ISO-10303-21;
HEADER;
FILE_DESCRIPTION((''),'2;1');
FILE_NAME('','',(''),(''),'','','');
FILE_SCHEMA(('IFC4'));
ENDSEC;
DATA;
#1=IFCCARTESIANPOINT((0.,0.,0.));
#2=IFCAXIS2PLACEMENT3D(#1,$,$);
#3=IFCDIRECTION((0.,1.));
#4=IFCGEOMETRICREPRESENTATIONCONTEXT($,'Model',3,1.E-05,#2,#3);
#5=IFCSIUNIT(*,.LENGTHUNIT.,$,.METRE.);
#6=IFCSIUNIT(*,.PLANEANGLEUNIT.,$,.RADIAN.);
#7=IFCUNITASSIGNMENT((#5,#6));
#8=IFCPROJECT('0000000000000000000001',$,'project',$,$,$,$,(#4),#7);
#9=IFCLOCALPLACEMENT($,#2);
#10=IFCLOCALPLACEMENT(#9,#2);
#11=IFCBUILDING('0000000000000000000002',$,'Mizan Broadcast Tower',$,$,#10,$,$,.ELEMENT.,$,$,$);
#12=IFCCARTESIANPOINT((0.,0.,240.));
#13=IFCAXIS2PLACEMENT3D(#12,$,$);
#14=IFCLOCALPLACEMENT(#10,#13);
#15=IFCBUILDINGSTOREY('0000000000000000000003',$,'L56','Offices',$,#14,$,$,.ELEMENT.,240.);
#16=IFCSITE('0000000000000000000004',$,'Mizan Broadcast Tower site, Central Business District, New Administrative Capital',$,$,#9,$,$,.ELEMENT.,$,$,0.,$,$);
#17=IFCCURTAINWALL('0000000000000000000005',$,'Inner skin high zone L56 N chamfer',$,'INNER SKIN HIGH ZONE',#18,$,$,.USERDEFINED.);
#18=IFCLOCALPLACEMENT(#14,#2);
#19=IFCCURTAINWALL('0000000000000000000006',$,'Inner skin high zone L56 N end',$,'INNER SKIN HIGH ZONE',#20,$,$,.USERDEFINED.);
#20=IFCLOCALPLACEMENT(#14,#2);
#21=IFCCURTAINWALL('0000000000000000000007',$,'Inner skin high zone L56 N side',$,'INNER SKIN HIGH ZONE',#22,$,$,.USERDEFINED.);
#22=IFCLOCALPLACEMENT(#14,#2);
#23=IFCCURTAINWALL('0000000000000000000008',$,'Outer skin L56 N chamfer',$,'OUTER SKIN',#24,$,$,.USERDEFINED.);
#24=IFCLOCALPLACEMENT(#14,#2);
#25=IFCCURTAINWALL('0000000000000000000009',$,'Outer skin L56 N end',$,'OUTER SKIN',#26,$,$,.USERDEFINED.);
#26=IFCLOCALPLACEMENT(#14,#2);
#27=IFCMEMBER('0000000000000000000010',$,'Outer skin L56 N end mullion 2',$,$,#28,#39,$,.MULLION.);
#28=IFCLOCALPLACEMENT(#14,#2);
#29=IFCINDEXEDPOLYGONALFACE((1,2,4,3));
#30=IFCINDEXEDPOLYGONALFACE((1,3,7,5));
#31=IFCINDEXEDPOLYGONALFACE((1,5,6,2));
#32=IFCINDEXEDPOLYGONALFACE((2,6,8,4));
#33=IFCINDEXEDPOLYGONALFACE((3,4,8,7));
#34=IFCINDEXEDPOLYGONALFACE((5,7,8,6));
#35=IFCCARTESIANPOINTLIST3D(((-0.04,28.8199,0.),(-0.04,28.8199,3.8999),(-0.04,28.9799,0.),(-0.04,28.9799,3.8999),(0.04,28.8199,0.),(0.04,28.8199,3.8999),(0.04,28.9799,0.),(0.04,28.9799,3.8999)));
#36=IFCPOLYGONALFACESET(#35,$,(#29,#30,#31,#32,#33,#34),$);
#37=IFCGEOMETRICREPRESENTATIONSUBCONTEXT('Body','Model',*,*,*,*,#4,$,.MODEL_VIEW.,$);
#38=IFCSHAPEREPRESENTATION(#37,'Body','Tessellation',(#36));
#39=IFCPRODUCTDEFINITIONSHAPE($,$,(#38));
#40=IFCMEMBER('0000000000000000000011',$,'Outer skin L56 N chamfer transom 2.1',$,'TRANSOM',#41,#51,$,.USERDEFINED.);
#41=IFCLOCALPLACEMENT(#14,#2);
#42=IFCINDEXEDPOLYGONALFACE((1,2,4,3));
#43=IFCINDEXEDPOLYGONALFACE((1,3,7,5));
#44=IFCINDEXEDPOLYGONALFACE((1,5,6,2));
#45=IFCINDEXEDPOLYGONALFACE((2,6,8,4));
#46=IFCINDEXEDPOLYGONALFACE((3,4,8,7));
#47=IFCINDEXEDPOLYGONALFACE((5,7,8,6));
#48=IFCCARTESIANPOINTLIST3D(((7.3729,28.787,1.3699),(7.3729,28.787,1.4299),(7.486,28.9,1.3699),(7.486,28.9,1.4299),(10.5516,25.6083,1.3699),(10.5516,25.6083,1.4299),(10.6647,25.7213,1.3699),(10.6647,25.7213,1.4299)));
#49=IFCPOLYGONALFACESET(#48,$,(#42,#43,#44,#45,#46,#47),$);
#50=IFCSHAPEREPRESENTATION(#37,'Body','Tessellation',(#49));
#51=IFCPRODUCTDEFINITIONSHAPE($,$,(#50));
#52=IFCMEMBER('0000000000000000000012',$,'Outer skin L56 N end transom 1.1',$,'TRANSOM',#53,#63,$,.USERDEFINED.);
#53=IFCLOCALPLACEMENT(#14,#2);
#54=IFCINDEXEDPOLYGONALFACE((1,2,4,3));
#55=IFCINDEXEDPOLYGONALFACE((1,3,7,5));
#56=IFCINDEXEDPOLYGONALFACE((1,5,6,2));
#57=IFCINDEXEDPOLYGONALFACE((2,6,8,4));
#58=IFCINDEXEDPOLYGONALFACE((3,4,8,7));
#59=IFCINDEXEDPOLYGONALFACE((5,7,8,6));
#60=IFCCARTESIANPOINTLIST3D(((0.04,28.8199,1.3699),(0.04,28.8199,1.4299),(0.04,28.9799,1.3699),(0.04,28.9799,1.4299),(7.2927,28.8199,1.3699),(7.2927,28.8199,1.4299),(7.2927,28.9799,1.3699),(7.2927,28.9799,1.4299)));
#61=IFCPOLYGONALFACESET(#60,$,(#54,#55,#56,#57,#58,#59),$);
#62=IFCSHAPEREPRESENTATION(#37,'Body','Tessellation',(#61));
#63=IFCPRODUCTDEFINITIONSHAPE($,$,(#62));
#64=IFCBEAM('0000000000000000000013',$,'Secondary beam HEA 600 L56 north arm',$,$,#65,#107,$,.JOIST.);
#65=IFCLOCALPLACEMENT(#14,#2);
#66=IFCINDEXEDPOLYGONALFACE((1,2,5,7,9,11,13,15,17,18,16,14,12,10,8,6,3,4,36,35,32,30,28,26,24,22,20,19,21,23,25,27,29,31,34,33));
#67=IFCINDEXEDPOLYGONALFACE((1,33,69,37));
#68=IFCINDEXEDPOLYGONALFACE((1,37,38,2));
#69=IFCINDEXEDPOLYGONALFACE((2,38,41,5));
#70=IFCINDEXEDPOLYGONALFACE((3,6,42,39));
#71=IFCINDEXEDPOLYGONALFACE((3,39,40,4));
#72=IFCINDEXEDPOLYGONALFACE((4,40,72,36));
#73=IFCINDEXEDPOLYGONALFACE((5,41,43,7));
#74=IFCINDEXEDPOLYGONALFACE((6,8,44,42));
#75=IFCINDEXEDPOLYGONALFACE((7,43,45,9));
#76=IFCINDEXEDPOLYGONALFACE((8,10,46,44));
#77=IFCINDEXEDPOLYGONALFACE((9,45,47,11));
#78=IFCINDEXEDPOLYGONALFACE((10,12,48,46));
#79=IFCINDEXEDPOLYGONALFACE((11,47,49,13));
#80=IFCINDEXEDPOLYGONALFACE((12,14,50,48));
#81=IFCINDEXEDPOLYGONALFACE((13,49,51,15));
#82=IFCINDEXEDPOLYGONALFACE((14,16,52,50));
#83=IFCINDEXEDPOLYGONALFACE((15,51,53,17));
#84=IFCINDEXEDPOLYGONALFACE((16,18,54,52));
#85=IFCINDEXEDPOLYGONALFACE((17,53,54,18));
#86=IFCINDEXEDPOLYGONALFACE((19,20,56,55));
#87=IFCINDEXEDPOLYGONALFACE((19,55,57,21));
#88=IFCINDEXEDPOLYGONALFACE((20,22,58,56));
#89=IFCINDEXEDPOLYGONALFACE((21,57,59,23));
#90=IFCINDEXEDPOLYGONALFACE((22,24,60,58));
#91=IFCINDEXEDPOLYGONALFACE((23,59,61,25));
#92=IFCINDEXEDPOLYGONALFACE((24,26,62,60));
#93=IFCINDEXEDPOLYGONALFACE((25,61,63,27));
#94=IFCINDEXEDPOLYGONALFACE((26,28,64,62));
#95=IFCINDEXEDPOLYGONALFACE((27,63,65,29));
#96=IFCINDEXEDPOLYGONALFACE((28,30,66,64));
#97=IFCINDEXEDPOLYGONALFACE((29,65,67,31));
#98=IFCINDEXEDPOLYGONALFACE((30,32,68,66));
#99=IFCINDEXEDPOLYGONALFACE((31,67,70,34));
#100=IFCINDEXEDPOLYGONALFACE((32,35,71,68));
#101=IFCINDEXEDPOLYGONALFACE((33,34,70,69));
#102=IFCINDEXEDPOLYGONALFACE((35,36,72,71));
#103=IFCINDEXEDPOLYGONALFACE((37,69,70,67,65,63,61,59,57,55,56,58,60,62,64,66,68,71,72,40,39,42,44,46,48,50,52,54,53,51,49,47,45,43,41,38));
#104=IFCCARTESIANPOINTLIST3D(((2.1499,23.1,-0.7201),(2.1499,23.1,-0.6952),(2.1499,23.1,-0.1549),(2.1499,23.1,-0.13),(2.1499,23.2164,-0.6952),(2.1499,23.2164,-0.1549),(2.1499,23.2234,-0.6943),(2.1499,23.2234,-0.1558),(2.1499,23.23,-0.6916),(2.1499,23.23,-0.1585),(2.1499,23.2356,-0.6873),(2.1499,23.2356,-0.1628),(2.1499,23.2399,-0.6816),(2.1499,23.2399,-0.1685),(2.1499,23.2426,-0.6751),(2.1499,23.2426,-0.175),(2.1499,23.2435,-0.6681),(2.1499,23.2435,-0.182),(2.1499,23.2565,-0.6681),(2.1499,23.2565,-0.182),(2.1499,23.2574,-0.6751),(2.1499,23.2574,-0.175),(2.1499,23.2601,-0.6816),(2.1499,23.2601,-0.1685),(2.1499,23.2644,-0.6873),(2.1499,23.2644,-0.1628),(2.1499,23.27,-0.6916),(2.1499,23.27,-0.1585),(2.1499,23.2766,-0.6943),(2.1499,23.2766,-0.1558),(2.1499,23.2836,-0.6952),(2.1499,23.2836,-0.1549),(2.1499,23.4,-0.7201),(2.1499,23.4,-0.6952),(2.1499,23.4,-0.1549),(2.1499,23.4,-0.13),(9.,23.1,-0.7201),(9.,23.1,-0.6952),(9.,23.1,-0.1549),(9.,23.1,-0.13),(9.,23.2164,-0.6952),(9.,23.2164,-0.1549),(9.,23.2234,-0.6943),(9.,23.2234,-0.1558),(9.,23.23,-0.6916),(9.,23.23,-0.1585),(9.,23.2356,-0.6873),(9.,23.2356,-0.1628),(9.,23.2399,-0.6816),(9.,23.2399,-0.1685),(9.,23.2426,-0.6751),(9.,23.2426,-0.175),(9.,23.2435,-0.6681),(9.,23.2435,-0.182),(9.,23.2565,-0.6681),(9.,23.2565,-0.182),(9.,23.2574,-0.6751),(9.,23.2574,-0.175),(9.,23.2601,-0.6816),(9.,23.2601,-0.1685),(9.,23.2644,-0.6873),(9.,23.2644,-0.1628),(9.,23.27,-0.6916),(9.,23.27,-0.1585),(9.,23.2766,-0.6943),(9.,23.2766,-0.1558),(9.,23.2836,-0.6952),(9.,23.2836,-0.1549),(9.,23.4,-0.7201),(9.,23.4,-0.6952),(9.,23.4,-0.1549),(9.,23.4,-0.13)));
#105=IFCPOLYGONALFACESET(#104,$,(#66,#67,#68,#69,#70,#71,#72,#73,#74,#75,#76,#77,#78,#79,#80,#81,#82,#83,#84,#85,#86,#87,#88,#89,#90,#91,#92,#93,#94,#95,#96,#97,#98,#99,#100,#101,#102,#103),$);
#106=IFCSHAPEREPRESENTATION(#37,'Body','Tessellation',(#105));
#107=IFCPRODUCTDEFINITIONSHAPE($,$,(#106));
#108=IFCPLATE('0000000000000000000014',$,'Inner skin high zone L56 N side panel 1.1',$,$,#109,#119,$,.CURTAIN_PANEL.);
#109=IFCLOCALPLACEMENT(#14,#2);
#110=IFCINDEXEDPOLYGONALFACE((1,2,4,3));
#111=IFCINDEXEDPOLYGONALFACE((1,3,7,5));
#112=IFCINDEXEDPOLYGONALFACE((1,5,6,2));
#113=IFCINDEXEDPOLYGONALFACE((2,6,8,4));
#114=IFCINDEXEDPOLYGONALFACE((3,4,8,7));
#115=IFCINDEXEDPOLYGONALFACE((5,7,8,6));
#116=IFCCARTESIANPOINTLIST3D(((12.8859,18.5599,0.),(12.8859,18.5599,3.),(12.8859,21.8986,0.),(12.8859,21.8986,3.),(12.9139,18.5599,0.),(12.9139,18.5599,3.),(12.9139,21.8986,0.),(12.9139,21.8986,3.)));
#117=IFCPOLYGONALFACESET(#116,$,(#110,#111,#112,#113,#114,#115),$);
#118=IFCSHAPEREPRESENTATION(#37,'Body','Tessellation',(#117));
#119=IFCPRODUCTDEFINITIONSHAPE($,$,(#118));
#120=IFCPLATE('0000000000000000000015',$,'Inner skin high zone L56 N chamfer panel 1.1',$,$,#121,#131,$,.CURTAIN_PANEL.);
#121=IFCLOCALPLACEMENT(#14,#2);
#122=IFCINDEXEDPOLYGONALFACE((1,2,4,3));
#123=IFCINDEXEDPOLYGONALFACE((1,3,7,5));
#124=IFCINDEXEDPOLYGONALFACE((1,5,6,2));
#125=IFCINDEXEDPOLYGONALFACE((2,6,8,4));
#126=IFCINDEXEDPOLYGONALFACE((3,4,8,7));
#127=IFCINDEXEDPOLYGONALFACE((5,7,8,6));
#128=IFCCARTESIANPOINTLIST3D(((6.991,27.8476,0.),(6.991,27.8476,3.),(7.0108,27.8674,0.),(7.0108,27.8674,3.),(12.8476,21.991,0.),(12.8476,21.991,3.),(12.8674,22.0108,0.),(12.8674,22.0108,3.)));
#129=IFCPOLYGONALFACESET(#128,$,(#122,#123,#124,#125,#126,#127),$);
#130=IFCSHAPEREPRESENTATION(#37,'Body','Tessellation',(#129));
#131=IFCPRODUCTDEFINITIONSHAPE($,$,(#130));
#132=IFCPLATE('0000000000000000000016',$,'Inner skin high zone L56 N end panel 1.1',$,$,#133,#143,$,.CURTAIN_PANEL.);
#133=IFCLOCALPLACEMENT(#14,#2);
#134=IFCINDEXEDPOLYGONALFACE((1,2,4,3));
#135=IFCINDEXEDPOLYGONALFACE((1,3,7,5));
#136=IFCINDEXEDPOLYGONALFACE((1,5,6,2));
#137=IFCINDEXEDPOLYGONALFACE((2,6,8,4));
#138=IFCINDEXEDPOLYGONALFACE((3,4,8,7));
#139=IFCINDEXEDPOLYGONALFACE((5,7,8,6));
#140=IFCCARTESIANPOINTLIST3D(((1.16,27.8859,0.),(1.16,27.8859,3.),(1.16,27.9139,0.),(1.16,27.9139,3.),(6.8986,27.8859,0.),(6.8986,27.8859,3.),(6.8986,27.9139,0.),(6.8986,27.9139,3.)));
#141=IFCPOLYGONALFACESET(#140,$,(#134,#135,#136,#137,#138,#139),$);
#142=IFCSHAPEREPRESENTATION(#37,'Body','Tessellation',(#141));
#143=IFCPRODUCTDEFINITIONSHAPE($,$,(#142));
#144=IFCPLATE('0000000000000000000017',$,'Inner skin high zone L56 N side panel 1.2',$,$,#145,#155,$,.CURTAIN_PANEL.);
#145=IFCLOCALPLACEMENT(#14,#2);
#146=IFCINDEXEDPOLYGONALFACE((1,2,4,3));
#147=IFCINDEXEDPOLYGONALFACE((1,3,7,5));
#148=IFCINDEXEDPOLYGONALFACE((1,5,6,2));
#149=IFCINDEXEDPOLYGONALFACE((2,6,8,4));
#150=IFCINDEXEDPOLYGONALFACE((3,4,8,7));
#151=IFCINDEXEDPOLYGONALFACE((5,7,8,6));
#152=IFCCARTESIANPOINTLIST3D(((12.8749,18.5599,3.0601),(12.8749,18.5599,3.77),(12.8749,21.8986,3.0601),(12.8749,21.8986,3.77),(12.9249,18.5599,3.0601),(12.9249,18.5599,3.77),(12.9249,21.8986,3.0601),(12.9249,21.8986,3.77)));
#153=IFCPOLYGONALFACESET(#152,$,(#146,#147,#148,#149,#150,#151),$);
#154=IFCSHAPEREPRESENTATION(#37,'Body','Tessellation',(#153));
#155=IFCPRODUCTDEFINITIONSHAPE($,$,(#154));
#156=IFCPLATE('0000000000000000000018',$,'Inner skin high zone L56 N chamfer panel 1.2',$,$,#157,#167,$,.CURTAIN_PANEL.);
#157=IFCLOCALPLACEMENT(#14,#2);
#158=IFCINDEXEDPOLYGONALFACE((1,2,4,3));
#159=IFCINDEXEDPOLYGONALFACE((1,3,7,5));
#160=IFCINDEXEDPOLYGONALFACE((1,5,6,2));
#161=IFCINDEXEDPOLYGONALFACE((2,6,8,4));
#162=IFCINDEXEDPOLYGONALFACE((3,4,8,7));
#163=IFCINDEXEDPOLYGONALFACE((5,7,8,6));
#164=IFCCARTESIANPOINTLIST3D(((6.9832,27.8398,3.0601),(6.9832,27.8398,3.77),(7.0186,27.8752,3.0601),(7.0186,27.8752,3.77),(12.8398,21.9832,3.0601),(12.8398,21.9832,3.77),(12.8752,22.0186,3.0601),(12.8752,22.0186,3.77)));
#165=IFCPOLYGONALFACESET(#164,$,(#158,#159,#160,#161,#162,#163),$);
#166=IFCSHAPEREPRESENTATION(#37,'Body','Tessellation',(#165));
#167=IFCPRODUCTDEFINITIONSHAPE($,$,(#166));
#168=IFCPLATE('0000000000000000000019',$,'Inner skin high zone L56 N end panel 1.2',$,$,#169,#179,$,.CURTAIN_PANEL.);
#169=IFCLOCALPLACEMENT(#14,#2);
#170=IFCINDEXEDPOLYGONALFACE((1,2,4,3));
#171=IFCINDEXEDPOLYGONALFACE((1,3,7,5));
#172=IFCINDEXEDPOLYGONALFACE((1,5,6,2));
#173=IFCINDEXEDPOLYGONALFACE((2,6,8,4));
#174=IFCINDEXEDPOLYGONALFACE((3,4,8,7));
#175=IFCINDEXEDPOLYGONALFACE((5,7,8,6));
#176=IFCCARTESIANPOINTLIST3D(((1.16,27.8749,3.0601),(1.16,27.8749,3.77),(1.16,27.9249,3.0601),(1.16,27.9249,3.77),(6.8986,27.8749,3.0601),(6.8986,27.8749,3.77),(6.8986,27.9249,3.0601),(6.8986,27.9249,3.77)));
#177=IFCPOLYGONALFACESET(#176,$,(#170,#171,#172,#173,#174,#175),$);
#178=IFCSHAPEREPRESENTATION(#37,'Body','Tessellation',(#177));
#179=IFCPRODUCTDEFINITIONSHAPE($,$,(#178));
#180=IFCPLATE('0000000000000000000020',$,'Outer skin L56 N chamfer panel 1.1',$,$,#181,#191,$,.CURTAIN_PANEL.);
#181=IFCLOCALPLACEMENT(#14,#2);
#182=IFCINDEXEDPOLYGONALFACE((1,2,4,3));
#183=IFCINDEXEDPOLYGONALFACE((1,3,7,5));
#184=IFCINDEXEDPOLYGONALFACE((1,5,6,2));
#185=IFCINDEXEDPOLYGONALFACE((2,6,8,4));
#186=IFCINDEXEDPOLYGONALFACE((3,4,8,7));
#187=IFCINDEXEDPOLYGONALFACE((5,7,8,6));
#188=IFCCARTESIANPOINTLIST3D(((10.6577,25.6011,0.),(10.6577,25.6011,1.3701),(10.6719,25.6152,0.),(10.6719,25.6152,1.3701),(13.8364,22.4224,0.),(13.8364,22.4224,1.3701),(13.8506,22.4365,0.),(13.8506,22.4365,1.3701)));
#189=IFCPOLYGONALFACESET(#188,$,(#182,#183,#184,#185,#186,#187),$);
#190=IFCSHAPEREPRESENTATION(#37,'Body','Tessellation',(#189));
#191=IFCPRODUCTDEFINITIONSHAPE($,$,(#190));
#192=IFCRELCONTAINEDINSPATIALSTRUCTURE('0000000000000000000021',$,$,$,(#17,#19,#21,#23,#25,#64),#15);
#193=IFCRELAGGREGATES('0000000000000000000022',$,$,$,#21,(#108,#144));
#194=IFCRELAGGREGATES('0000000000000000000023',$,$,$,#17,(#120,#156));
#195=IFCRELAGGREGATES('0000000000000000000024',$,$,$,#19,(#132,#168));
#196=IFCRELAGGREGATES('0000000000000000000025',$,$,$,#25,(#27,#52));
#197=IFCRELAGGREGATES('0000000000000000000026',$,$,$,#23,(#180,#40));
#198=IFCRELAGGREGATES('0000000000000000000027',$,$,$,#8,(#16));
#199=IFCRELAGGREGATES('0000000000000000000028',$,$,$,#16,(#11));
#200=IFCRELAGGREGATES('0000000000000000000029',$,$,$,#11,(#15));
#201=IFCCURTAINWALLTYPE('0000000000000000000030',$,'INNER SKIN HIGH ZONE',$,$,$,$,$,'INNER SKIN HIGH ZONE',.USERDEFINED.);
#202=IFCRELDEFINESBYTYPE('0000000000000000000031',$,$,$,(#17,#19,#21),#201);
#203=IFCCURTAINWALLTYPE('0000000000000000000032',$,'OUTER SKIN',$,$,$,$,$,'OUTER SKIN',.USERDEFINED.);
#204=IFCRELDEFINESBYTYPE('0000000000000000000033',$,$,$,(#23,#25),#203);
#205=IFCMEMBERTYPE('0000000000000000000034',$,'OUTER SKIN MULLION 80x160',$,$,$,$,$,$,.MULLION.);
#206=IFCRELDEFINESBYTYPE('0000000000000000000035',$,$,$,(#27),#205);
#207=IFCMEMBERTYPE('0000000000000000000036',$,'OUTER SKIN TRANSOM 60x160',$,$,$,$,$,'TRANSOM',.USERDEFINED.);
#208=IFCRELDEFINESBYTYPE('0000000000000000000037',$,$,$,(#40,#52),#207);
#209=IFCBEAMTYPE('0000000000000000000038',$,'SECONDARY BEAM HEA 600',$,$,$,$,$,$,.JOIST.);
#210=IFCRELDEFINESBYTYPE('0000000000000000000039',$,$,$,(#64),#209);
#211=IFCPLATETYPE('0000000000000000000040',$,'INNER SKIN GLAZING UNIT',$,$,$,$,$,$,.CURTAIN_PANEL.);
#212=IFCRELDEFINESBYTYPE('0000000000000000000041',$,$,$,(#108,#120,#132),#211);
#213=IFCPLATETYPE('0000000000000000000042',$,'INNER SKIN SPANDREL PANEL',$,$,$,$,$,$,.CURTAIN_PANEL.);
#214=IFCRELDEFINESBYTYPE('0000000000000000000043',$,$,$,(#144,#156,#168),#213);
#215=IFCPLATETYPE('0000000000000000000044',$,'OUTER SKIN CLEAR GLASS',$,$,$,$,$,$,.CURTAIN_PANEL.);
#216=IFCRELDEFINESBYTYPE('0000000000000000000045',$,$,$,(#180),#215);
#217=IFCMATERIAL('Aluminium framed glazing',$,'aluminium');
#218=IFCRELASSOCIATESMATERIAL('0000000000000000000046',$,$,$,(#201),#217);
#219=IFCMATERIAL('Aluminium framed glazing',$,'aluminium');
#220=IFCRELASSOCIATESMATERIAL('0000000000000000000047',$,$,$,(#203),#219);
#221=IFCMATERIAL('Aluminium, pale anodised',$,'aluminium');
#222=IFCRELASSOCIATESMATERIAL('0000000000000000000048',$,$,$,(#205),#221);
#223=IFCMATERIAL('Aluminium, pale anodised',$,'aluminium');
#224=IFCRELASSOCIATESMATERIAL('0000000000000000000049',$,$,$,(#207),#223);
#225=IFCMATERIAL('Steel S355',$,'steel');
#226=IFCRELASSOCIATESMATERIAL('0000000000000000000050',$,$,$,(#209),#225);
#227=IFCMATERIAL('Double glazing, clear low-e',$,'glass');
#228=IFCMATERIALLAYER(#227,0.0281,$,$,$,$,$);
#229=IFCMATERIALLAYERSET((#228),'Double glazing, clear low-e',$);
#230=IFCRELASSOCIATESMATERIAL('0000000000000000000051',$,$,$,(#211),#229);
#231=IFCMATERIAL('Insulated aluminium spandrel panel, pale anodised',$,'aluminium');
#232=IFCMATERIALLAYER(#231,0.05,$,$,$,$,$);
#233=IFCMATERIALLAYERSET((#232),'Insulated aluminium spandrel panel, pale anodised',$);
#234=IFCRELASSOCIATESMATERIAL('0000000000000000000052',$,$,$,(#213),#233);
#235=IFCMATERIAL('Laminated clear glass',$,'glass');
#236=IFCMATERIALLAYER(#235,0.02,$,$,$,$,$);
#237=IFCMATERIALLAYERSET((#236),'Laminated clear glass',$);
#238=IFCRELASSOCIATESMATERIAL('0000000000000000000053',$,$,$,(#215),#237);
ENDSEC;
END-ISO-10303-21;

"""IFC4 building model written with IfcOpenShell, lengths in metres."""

from ifc_helpers import new_model, si_unit, direction, frame, origin, origin_2d, place, context, subcontext, project, spatial, rectangle, i_section, extrude, material, layer, layer_set, material_profile, profile_set, type_object, element, aggregate, save


model = new_model("IFC4")

# Units and contexts
model_context = context("Model", 3, precision=1e-05, world=origin(), true_north=direction((0.0, 1.0)))
body_context = subcontext(model_context, "Body", "Model", "MODEL_VIEW")
ifc_project = project(units=[si_unit("LENGTHUNIT", "METRE"), si_unit("PLANEANGLEUNIT", "RADIAN")], contexts=[model_context])

# Site, building, storey
site_placement = place(None, origin())
site = spatial("IfcSite", under=ifc_project, at=site_placement, Name="Mizan Broadcast Tower site, Central Business District, New Administrative Capital", CompositionType="ELEMENT", RefElevation=0.0)
building_placement = place(site_placement, origin())
building = spatial("IfcBuilding", under=site, at=building_placement, Name="Mizan Broadcast Tower", CompositionType="ELEMENT")
storey_placement = place(building_placement, frame((0.0, 0.0, 240.0)))
storey = spatial("IfcBuildingStorey", under=building, at=storey_placement, Name="L56", Description="Offices", CompositionType="ELEMENT", Elevation=240.0)

# Curtain walls
ifc_material_1 = material(Name="Aluminium framed glazing", Category="aluminium")
curtain_wall_type_1 = type_object("IfcCurtainWallType", Name="INNER SKIN HIGH ZONE", ElementType="INNER SKIN HIGH ZONE", PredefinedType="USERDEFINED", material=ifc_material_1)
curtain_wall_1_placement = place(storey_placement, origin())
curtain_wall_1 = element("IfcCurtainWall", 1, at=curtain_wall_1_placement, inside=storey, type_object=curtain_wall_type_1, Name="Inner skin high zone L56 N chamfer", ObjectType="INNER SKIN HIGH ZONE", PredefinedType="USERDEFINED")
curtain_wall_2_placement = place(storey_placement, origin())
curtain_wall_2 = element("IfcCurtainWall", 2, at=curtain_wall_2_placement, inside=storey, type_object=curtain_wall_type_1, Name="Inner skin high zone L56 N end", ObjectType="INNER SKIN HIGH ZONE", PredefinedType="USERDEFINED")
curtain_wall_3_placement = place(storey_placement, origin())
curtain_wall_3 = element("IfcCurtainWall", 3, at=curtain_wall_3_placement, inside=storey, type_object=curtain_wall_type_1, Name="Inner skin high zone L56 N side", ObjectType="INNER SKIN HIGH ZONE", PredefinedType="USERDEFINED")

# Curtain wall
ifc_material_2 = material(Name="Aluminium framed glazing", Category="aluminium")
curtain_wall_type_2 = type_object("IfcCurtainWallType", Name="OUTER SKIN", ElementType="OUTER SKIN", PredefinedType="USERDEFINED", material=ifc_material_2)
curtain_wall_4_placement = place(storey_placement, origin())
curtain_wall_4 = element("IfcCurtainWall", 4, at=curtain_wall_4_placement, inside=storey, type_object=curtain_wall_type_2, Name="Outer skin L56 N chamfer", ObjectType="OUTER SKIN", PredefinedType="USERDEFINED")
ifc_material_3 = material(Name="Aluminium, pale anodised", Category="aluminium")
ifc_material_profile_1 = material_profile(ifc_material_3, rectangle(XDim=0.1599, YDim=0.0801, at=origin_2d()), Name="MULLION 160x80")
ifc_profile_set_1 = profile_set([ifc_material_profile_1], Name="Aluminium, pale anodised")
member_type_1 = type_object("IfcMemberType", Name="OUTER SKIN MULLION 80x160", PredefinedType="MULLION", material=ifc_profile_set_1)

# Curtain wall, member
curtain_wall_5_placement = place(storey_placement, origin())
curtain_wall_5 = element("IfcCurtainWall", 5, at=curtain_wall_5_placement, inside=storey, type_object=curtain_wall_type_2, Name="Outer skin L56 N end", ObjectType="OUTER SKIN", PredefinedType="USERDEFINED")
member_1_placement = place(storey_placement, frame((0.0, 28.8999, 0.0), z_axis=(0.0, 0.0, 1.0), x_axis=(0.0, -1.0, 0.0)))
member_1 = element("IfcMember", 6, at=member_1_placement, type_object=member_type_1, Name="Outer skin L56 N end mullion 2", PredefinedType="MULLION", context=body_context, shape_type="SweptSolid", body=[
    extrude(rectangle(XDim=0.1599, YDim=0.0801, at=origin_2d()), origin(), (0.0, 0.0, 1.0), 3.8999),
])

# Members
ifc_material_4 = material(Name="Aluminium, pale anodised", Category="aluminium")
ifc_material_profile_2 = material_profile(ifc_material_4, rectangle(XDim=0.1599, YDim=0.0601, at=origin_2d()), Name="TRANSOM 160x60")
ifc_profile_set_2 = profile_set([ifc_material_profile_2], Name="Aluminium, pale anodised")
member_type_2 = type_object("IfcMemberType", Name="OUTER SKIN TRANSOM 60x160", ElementType="TRANSOM", PredefinedType="USERDEFINED", material=ifc_profile_set_2)
member_2_placement = place(storey_placement, frame((10.6082, 25.6648, 1.3999), z_axis=(-0.707107, 0.707107, 0.0), x_axis=(-0.707107, -0.707107, 0.0)))
member_2 = element("IfcMember", 7, at=member_2_placement, type_object=member_type_2, Name="Outer skin L56 N chamfer transom 2.1", ObjectType="TRANSOM", PredefinedType="USERDEFINED", context=body_context, shape_type="SweptSolid", body=[
    extrude(rectangle(XDim=0.1599, YDim=0.0601, at=origin_2d()), origin(), (0.0, 0.0, 1.0), 4.4954),
])
member_3_placement = place(storey_placement, frame((7.2927, 28.8999, 1.3999), z_axis=(-1.0, 0.0, 0.0), x_axis=(0.0, -1.0, 0.0)))
member_3 = element("IfcMember", 8, at=member_3_placement, type_object=member_type_2, Name="Outer skin L56 N end transom 1.1", ObjectType="TRANSOM", PredefinedType="USERDEFINED", context=body_context, shape_type="SweptSolid", body=[
    extrude(rectangle(XDim=0.1599, YDim=0.0601, at=origin_2d()), origin(), (0.0, 0.0, 1.0), 7.2527),
])

# Beam
ifc_material_5 = material(Name="Steel S355", Category="steel")
ifc_material_profile_3 = material_profile(ifc_material_5, i_section(OverallWidth=0.3, OverallDepth=0.5901, WebThickness=0.0129, FlangeThickness=0.0249, FilletRadius=0.0271, at=origin_2d()), Name="HEA 600")
ifc_profile_set_3 = profile_set([ifc_material_profile_3], Name="Steel S355")
beam_type_1 = type_object("IfcBeamType", Name="SECONDARY BEAM HEA 600", PredefinedType="JOIST", material=ifc_profile_set_3)
beam_1_placement = place(storey_placement, frame((9.0, 23.25, -0.425), z_axis=(-1.0, 0.0, 0.0), x_axis=(0.0, -1.0, 0.0)))
element("IfcBeam", 9, at=beam_1_placement, inside=storey, type_object=beam_type_1, Name="Secondary beam HEA 600 L56 north arm", PredefinedType="JOIST", context=body_context, shape_type="SweptSolid", body=[
    extrude(i_section(OverallWidth=0.3, OverallDepth=0.5901, WebThickness=0.0129, FlangeThickness=0.0249, FilletRadius=0.0271, at=origin_2d()), origin(), (0.0, 0.0, 1.0), 6.8501),
])

# Plates
ifc_material_6 = material(Name="Double glazing, clear low-e", Category="glass")
ifc_layer_1 = layer(ifc_material_6, 0.0281)
ifc_layer_set_1 = layer_set([ifc_layer_1], Name="Double glazing, clear low-e")
plate_type_1 = type_object("IfcPlateType", Name="INNER SKIN GLAZING UNIT", PredefinedType="CURTAIN_PANEL", material=ifc_layer_set_1)
plate_1_placement = place(storey_placement, frame((12.8999, 20.2292, 0.0), z_axis=(0.0, 0.0, 1.0), x_axis=(0.0, 1.0, 0.0)))
plate_1 = element("IfcPlate", 10, at=plate_1_placement, type_object=plate_type_1, Name="Inner skin high zone L56 N side panel 1.1", PredefinedType="CURTAIN_PANEL", context=body_context, shape_type="SweptSolid", body=[
    extrude(rectangle(XDim=3.3386, YDim=0.0281, at=origin_2d()), origin(), (0.0, 0.0, 1.0), 3.0),
])
plate_2_placement = place(storey_placement, frame((9.9292, 24.9292, 0.0), z_axis=(0.0, 0.0, 1.0), x_axis=(-0.707107, 0.707107, 0.0)))
plate_2 = element("IfcPlate", 11, at=plate_2_placement, type_object=plate_type_1, Name="Inner skin high zone L56 N chamfer panel 1.1", PredefinedType="CURTAIN_PANEL", context=body_context, shape_type="SweptSolid", body=[
    extrude(rectangle(XDim=8.2825, YDim=0.0281, at=origin_2d()), origin(), (0.0, 0.0, 1.0), 3.0),
])
plate_3_placement = place(storey_placement, frame((4.0293, 27.8999, 0.0), z_axis=(0.0, 0.0, 1.0), x_axis=(-1.0, 0.0, 0.0)))
plate_3 = element("IfcPlate", 12, at=plate_3_placement, type_object=plate_type_1, Name="Inner skin high zone L56 N end panel 1.1", PredefinedType="CURTAIN_PANEL", context=body_context, shape_type="SweptSolid", body=[
    extrude(rectangle(XDim=5.7385, YDim=0.0281, at=origin_2d()), origin(), (0.0, 0.0, 1.0), 3.0),
])
ifc_material_7 = material(Name="Insulated aluminium spandrel panel, pale anodised", Category="aluminium")
ifc_layer_2 = layer(ifc_material_7, 0.05)
ifc_layer_set_2 = layer_set([ifc_layer_2], Name="Insulated aluminium spandrel panel, pale anodised")
plate_type_2 = type_object("IfcPlateType", Name="INNER SKIN SPANDREL PANEL", PredefinedType="CURTAIN_PANEL", material=ifc_layer_set_2)
plate_4_placement = place(storey_placement, frame((12.8999, 20.2292, 3.0601), z_axis=(0.0, 0.0, 1.0), x_axis=(0.0, 1.0, 0.0)))
plate_4 = element("IfcPlate", 13, at=plate_4_placement, type_object=plate_type_2, Name="Inner skin high zone L56 N side panel 1.2", PredefinedType="CURTAIN_PANEL", context=body_context, shape_type="SweptSolid", body=[
    extrude(rectangle(XDim=3.3386, YDim=0.05, at=origin_2d()), origin(), (0.0, 0.0, 1.0), 0.71),
])
aggregate(curtain_wall_3, [plate_1, plate_4])
plate_5_placement = place(storey_placement, frame((9.9292, 24.9292, 3.0601), z_axis=(0.0, 0.0, 1.0), x_axis=(-0.707107, 0.707107, 0.0)))
plate_5 = element("IfcPlate", 14, at=plate_5_placement, type_object=plate_type_2, Name="Inner skin high zone L56 N chamfer panel 1.2", PredefinedType="CURTAIN_PANEL", context=body_context, shape_type="SweptSolid", body=[
    extrude(rectangle(XDim=8.2825, YDim=0.05, at=origin_2d()), origin(), (0.0, 0.0, 1.0), 0.71),
])
aggregate(curtain_wall_1, [plate_2, plate_5])
plate_6_placement = place(storey_placement, frame((4.0293, 27.8999, 3.0601), z_axis=(0.0, 0.0, 1.0), x_axis=(-1.0, 0.0, 0.0)))
plate_6 = element("IfcPlate", 15, at=plate_6_placement, type_object=plate_type_2, Name="Inner skin high zone L56 N end panel 1.2", PredefinedType="CURTAIN_PANEL", context=body_context, shape_type="SweptSolid", body=[
    extrude(rectangle(XDim=5.7385, YDim=0.05, at=origin_2d()), origin(), (0.0, 0.0, 1.0), 0.71),
])
aggregate(curtain_wall_2, [plate_3, plate_6])
ifc_material_8 = material(Name="Laminated clear glass", Category="glass")
ifc_layer_3 = layer(ifc_material_8, 0.02)
ifc_layer_set_3 = layer_set([ifc_layer_3], Name="Laminated clear glass")
plate_type_3 = type_object("IfcPlateType", Name="OUTER SKIN CLEAR GLASS", PredefinedType="CURTAIN_PANEL", material=ifc_layer_set_3)
plate_7_placement = place(storey_placement, frame((12.2542, 24.0188, 0.0), z_axis=(0.0, 0.0, 1.0), x_axis=(-0.707107, 0.707107, 0.0)))
plate_7 = element("IfcPlate", 16, at=plate_7_placement, type_object=plate_type_3, Name="Outer skin L56 N chamfer panel 1.1", PredefinedType="CURTAIN_PANEL", context=body_context, shape_type="SweptSolid", body=[
    extrude(rectangle(XDim=4.4954, YDim=0.02, at=origin_2d()), origin(), (0.0, 0.0, 1.0), 1.3701),
])
aggregate(curtain_wall_5, [member_1, member_3])
aggregate(curtain_wall_4, [plate_7, member_2])

save(model, "model.ifc")
